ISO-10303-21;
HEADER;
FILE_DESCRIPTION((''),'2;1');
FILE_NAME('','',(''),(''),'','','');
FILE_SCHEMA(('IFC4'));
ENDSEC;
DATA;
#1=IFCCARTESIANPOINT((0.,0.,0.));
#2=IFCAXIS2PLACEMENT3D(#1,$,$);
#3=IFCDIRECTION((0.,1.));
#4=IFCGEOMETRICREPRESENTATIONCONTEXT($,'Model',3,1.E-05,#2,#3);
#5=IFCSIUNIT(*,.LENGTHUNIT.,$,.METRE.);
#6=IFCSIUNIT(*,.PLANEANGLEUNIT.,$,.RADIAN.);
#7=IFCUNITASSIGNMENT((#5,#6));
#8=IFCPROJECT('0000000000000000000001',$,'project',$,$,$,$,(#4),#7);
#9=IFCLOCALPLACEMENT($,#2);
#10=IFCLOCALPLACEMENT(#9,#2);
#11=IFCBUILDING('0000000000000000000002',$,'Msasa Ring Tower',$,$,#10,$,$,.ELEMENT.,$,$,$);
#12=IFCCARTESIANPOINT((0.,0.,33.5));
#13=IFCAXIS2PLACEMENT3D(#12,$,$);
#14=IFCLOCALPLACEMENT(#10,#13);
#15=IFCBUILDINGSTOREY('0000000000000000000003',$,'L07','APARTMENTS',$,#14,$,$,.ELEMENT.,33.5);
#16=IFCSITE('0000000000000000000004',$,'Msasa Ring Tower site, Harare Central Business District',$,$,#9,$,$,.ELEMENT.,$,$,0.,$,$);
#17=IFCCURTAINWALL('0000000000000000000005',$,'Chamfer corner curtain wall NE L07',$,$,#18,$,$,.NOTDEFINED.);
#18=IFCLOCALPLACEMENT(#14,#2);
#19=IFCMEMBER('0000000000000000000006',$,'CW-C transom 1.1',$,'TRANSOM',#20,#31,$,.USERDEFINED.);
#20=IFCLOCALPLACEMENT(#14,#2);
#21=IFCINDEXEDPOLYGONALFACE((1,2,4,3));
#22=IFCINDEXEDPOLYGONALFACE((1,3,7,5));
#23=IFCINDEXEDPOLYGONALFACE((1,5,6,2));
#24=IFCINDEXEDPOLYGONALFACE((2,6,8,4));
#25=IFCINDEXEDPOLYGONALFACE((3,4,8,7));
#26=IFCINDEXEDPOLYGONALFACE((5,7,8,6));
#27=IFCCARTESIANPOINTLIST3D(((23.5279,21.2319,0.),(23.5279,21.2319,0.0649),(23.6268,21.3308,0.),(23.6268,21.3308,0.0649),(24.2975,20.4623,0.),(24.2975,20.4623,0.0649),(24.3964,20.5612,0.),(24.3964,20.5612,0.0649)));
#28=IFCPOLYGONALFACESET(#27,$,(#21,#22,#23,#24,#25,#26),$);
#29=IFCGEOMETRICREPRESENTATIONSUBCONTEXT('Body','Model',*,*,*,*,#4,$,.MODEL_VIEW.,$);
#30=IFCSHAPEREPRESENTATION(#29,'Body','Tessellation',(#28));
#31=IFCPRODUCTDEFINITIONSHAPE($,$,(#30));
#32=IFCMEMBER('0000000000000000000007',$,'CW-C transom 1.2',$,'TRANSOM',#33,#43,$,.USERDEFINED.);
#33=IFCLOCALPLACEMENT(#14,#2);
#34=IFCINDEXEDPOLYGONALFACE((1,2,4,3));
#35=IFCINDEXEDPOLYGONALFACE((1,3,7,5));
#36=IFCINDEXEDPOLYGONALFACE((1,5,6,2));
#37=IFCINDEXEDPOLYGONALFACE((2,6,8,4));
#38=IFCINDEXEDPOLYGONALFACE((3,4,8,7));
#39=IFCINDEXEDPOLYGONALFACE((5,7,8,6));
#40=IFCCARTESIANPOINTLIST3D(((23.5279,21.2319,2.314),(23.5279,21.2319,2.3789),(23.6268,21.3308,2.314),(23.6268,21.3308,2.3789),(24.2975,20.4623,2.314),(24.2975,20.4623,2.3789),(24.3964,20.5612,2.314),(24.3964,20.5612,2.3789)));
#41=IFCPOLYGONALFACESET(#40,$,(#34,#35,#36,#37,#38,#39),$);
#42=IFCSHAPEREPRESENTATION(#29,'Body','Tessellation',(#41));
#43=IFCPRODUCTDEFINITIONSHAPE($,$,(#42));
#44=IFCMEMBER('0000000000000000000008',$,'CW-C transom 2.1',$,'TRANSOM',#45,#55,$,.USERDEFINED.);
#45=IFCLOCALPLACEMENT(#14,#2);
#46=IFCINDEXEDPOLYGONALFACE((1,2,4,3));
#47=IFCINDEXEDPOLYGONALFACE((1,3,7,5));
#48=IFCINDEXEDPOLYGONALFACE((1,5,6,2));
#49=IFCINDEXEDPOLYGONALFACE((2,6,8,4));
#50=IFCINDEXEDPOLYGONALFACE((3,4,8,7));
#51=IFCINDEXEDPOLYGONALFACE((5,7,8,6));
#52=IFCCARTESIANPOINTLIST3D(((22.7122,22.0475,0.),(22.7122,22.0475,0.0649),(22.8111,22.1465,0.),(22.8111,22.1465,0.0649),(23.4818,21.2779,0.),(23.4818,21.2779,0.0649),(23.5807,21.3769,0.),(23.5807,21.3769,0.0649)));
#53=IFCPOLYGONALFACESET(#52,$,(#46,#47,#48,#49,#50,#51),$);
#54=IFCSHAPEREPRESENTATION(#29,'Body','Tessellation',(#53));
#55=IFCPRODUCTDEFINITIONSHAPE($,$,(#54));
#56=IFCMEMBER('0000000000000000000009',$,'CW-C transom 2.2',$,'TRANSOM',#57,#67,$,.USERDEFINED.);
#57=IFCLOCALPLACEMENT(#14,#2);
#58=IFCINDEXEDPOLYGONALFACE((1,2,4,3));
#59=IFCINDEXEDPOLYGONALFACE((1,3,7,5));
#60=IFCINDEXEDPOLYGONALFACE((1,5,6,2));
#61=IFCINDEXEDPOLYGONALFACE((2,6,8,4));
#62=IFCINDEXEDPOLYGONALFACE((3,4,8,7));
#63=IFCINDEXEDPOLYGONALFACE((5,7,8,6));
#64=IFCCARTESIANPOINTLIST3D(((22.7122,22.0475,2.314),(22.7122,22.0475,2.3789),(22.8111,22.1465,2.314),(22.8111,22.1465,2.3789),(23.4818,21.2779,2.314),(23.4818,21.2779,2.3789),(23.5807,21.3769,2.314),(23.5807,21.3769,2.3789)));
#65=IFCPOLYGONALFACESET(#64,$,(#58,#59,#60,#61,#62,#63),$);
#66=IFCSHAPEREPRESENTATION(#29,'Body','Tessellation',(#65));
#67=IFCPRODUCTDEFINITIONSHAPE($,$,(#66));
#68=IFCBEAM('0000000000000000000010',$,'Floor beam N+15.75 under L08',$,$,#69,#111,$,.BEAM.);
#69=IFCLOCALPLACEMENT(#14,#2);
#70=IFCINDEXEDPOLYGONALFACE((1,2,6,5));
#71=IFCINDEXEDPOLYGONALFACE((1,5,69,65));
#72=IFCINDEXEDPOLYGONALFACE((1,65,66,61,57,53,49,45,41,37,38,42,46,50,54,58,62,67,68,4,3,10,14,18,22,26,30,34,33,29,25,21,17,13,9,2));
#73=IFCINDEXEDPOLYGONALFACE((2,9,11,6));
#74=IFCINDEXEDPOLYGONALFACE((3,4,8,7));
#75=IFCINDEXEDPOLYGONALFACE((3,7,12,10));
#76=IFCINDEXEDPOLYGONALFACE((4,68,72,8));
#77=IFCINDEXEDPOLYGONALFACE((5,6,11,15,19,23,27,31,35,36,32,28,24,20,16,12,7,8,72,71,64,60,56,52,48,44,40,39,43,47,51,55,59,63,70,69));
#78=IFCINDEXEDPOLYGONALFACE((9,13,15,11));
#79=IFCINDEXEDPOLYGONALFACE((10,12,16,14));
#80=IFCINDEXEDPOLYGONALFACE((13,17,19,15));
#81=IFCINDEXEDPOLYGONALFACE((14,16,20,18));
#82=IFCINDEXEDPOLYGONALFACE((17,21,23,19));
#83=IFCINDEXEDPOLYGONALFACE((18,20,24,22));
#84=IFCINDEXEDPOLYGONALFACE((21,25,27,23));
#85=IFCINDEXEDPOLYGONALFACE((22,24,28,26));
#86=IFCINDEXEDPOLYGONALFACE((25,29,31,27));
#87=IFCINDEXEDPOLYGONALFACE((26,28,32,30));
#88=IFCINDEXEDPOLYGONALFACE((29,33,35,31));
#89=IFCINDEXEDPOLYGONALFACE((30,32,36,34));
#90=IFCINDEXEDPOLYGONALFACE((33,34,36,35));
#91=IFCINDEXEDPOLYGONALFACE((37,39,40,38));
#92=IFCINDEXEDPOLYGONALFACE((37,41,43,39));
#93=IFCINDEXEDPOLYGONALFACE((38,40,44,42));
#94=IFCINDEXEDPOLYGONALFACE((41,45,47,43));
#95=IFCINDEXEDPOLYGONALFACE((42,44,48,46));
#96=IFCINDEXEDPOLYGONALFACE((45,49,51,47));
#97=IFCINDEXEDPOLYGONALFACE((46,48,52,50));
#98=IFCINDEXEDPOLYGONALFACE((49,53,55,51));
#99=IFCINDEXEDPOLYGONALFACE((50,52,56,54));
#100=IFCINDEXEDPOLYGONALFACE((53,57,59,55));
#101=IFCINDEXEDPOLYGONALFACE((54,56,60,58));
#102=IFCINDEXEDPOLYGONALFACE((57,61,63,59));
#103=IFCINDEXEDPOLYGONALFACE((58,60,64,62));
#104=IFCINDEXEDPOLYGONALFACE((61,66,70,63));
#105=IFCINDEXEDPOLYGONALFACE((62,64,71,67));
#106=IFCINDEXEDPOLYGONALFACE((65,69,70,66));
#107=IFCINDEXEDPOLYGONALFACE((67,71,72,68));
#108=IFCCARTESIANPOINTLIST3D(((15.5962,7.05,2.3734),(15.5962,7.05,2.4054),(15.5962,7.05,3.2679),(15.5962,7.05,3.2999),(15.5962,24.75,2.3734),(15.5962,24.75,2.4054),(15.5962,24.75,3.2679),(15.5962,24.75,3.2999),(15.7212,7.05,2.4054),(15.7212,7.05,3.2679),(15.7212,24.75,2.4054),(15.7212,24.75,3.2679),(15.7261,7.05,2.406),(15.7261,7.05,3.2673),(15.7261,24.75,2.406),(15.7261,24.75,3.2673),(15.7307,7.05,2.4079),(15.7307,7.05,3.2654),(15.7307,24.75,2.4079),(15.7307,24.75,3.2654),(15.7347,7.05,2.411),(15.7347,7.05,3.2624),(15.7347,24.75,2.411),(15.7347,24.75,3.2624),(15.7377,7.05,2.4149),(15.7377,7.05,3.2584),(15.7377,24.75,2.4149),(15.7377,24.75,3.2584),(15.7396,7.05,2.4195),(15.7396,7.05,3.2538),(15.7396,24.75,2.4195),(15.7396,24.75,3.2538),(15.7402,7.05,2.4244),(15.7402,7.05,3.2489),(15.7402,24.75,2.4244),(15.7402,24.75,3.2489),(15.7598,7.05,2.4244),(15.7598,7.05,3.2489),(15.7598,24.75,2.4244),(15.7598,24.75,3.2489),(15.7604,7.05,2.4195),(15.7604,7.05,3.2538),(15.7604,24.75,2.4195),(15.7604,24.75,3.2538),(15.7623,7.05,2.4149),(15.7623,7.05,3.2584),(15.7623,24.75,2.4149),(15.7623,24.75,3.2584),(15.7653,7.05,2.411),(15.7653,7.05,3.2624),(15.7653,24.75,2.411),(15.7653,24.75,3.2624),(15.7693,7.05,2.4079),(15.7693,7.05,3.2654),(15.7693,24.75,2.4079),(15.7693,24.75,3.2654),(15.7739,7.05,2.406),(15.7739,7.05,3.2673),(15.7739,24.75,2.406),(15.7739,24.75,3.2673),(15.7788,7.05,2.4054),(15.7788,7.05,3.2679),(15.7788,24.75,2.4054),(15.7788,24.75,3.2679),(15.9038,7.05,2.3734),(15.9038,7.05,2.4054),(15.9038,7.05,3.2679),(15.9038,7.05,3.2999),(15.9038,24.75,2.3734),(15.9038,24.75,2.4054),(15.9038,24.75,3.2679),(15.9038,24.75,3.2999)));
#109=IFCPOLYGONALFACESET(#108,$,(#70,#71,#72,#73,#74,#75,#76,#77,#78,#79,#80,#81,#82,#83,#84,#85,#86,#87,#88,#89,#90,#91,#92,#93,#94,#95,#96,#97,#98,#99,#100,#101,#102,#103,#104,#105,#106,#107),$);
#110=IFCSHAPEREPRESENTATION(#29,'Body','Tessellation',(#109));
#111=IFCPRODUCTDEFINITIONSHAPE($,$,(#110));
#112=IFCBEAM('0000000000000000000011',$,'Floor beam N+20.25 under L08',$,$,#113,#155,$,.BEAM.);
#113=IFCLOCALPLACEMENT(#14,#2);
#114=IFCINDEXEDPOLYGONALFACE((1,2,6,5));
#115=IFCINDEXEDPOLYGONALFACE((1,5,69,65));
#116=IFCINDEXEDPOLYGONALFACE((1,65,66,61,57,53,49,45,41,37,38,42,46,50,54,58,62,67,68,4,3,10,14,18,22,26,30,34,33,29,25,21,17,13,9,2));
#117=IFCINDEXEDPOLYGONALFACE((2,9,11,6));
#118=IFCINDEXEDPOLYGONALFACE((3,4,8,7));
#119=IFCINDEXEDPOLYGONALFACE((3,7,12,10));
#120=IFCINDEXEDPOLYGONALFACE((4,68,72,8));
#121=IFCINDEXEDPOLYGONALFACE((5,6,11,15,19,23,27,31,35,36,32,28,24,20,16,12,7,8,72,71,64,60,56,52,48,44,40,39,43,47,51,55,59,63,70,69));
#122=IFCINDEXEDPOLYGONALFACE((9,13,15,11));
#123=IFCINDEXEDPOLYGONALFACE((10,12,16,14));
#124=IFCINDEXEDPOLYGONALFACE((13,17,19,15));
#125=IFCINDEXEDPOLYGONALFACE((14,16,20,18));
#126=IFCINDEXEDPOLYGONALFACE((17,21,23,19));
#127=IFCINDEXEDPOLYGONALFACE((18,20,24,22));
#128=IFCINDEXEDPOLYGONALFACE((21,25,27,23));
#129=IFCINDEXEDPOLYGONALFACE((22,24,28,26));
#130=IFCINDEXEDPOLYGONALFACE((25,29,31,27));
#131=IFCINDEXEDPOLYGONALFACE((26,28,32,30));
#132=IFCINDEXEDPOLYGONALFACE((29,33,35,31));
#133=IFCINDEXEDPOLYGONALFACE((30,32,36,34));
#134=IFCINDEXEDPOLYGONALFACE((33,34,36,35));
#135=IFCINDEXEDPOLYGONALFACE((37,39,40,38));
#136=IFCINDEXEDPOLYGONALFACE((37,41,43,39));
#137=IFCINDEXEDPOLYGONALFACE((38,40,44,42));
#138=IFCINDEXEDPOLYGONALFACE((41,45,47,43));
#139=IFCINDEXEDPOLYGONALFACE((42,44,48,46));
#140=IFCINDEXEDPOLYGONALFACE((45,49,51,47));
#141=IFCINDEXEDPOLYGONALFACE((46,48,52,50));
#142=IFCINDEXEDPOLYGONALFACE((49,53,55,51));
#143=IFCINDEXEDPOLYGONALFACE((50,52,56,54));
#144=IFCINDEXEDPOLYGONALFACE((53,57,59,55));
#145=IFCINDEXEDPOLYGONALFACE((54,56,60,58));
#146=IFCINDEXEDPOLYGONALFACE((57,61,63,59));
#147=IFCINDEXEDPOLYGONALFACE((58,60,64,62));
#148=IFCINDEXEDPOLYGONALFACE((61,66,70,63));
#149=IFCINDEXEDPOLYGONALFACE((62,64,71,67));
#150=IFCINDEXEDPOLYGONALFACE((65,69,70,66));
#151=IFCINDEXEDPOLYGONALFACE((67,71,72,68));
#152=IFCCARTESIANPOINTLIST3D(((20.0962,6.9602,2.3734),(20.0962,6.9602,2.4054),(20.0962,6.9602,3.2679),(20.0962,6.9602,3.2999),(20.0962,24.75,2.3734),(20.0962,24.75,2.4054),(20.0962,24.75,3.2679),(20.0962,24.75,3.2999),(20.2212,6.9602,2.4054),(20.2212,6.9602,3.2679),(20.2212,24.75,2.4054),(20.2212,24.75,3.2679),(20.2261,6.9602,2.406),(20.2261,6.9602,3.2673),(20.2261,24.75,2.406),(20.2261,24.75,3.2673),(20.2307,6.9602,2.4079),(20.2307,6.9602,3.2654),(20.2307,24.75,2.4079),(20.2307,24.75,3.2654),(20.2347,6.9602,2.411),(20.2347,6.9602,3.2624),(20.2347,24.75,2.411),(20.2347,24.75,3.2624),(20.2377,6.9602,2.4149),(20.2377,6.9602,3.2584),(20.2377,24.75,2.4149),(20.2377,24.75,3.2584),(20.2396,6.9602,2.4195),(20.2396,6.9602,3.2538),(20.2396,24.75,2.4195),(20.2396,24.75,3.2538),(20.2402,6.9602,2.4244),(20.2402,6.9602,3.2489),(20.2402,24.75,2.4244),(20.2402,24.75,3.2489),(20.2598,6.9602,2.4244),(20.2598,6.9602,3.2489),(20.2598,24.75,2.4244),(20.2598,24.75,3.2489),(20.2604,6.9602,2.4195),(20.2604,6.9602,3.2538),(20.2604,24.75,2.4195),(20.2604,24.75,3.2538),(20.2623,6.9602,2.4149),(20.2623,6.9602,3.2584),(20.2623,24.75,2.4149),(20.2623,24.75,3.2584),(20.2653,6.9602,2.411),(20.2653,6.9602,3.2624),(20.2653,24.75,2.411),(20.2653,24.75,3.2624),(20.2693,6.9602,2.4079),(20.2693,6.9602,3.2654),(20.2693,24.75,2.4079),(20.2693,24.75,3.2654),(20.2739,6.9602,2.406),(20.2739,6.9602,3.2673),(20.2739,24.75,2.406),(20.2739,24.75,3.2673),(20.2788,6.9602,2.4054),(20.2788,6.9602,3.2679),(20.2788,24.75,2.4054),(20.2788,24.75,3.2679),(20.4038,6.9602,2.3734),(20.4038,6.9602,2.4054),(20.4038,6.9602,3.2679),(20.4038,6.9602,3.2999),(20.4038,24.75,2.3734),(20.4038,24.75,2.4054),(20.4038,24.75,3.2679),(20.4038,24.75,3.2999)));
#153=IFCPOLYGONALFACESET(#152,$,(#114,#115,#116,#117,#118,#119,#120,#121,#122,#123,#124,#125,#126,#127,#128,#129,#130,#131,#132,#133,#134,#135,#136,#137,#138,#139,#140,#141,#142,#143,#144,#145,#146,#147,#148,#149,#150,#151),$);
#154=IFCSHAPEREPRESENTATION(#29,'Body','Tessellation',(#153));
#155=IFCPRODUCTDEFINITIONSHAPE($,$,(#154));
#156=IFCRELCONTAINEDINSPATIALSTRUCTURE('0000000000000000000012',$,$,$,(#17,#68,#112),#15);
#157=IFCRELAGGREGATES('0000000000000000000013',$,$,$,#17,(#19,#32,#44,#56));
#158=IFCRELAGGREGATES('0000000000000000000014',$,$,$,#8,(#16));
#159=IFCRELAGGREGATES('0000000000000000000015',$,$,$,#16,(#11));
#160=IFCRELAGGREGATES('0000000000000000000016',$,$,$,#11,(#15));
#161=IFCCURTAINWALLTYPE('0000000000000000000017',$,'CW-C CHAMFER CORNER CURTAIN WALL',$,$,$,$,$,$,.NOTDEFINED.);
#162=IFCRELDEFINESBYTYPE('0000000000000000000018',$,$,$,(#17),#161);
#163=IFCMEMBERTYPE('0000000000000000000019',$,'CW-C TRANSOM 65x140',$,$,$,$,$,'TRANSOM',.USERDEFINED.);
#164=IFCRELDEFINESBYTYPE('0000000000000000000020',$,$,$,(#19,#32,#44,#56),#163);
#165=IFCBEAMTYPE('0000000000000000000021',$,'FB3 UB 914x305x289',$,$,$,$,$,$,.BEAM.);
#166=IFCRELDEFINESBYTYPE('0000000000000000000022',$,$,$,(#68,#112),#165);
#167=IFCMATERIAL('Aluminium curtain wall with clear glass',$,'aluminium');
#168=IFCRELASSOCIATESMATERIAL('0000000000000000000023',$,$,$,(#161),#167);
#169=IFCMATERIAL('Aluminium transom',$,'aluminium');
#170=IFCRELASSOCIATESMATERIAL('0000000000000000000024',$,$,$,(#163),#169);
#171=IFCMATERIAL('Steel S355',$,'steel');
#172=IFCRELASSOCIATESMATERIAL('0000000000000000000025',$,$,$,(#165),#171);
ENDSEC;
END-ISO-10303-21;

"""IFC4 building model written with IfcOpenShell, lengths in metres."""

from ifc_helpers import new_model, si_unit, direction, frame, origin, origin_2d, place, context, subcontext, project, spatial, rectangle, i_section, extrude, material, material_profile, profile_set, type_object, element, aggregate, save


model = new_model("IFC4")

# Units and contexts
model_context = context("Model", 3, precision=1e-05, world=origin(), true_north=direction((0.0, 1.0)))
body_context = subcontext(model_context, "Body", "Model", "MODEL_VIEW")
ifc_project = project(units=[si_unit("LENGTHUNIT", "METRE"), si_unit("PLANEANGLEUNIT", "RADIAN")], contexts=[model_context])

# Site, building, storey
site_placement = place(None, origin())
site = spatial("IfcSite", under=ifc_project, at=site_placement, Name="Msasa Ring Tower site, Harare Central Business District", CompositionType="ELEMENT", RefElevation=0.0)
building_placement = place(site_placement, origin())
building = spatial("IfcBuilding", under=site, at=building_placement, Name="Msasa Ring Tower", CompositionType="ELEMENT")
storey_placement = place(building_placement, frame((0.0, 0.0, 33.5)))
storey = spatial("IfcBuildingStorey", under=building, at=storey_placement, Name="L07", Description="APARTMENTS", CompositionType="ELEMENT", Elevation=33.5)

# Curtain wall
ifc_material_1 = material(Name="Aluminium curtain wall with clear glass", Category="aluminium")
curtain_wall_type = type_object("IfcCurtainWallType", Name="CW-C CHAMFER CORNER CURTAIN WALL", PredefinedType="NOTDEFINED", material=ifc_material_1)
curtain_wall_1_placement = place(storey_placement, origin())
curtain_wall_1 = element("IfcCurtainWall", 1, at=curtain_wall_1_placement, inside=storey, type_object=curtain_wall_type, Name="Chamfer corner curtain wall NE L07", PredefinedType="NOTDEFINED")

# Members
ifc_material_2 = material(Name="Aluminium transom", Category="aluminium")
ifc_material_profile_1 = material_profile(ifc_material_2, rectangle(XDim=0.1399, YDim=0.0649, at=origin_2d()), Name="AL 65x140")
ifc_profile_set_1 = profile_set([ifc_material_profile_1], Name="Aluminium transom")
member_type_1 = type_object("IfcMemberType", Name="CW-C TRANSOM 65x140", ElementType="TRANSOM", PredefinedType="USERDEFINED", material=ifc_profile_set_1)
member_1_placement = place(storey_placement, frame((24.3469, 20.5117, 0.0325), z_axis=(-0.707107, 0.707107, 0.0), x_axis=(-0.707107, -0.707107, 0.0)))
member_1 = element("IfcMember", 2, at=member_1_placement, type_object=member_type_1, Name="CW-C transom 1.1", ObjectType="TRANSOM", PredefinedType="USERDEFINED", context=body_context, shape_type="SweptSolid", body=[
    extrude(rectangle(XDim=0.1399, YDim=0.0649, at=origin_2d()), origin(), (0.0, 0.0, 1.0), 1.0884),
])
member_2_placement = place(storey_placement, frame((24.3469, 20.5117, 2.3464), z_axis=(-0.707107, 0.707107, 0.0), x_axis=(-0.707107, -0.707107, 0.0)))
member_2 = element("IfcMember", 3, at=member_2_placement, type_object=member_type_1, Name="CW-C transom 1.2", ObjectType="TRANSOM", PredefinedType="USERDEFINED", context=body_context, shape_type="SweptSolid", body=[
    extrude(rectangle(XDim=0.1399, YDim=0.0649, at=origin_2d()), origin(), (0.0, 0.0, 1.0), 1.0884),
])
member_3_placement = place(storey_placement, frame((23.5312, 21.3274, 0.0325), z_axis=(-0.707107, 0.707107, 0.0), x_axis=(-0.707107, -0.707107, 0.0)))
member_3 = element("IfcMember", 4, at=member_3_placement, type_object=member_type_1, Name="CW-C transom 2.1", ObjectType="TRANSOM", PredefinedType="USERDEFINED", context=body_context, shape_type="SweptSolid", body=[
    extrude(rectangle(XDim=0.1399, YDim=0.0649, at=origin_2d()), origin(), (0.0, 0.0, 1.0), 1.0884),
])
member_4_placement = place(storey_placement, frame((23.5312, 21.3274, 2.3464), z_axis=(-0.707107, 0.707107, 0.0), x_axis=(-0.707107, -0.707107, 0.0)))
member_4 = element("IfcMember", 5, at=member_4_placement, type_object=member_type_1, Name="CW-C transom 2.2", ObjectType="TRANSOM", PredefinedType="USERDEFINED", context=body_context, shape_type="SweptSolid", body=[
    extrude(rectangle(XDim=0.1399, YDim=0.0649, at=origin_2d()), origin(), (0.0, 0.0, 1.0), 1.0884),
])

# Beams
ifc_material_3 = material(Name="Steel S355", Category="steel")
ifc_material_profile_2 = material_profile(ifc_material_3, i_section(OverallWidth=0.3076, OverallDepth=0.9265, WebThickness=0.0195, FlangeThickness=0.032, FilletRadius=0.019, at=origin_2d()), Name="UB 914x305x289")
ifc_profile_set_2 = profile_set([ifc_material_profile_2], Name="Steel S355")
beam_type_1 = type_object("IfcBeamType", Name="FB3 UB 914x305x289", PredefinedType="BEAM", material=ifc_profile_set_2)
beam_1_placement = place(storey_placement, frame((15.75, 24.75, 2.8367), z_axis=(0.0, -1.0, 0.0), x_axis=(1.0, 0.0, 0.0)))
element("IfcBeam", 6, at=beam_1_placement, inside=storey, type_object=beam_type_1, Name="Floor beam N+15.75 under L08", PredefinedType="BEAM", context=body_context, shape_type="SweptSolid", body=[
    extrude(i_section(OverallWidth=0.3076, OverallDepth=0.9265, WebThickness=0.0195, FlangeThickness=0.032, FilletRadius=0.019, at=origin_2d()), origin(), (0.0, 0.0, 1.0), 17.7),
])
beam_2_placement = place(storey_placement, frame((20.25, 24.75, 2.8367), z_axis=(0.0, -1.0, 0.0), x_axis=(1.0, 0.0, 0.0)))
element("IfcBeam", 7, at=beam_2_placement, inside=storey, type_object=beam_type_1, Name="Floor beam N+20.25 under L08", PredefinedType="BEAM", context=body_context, shape_type="SweptSolid", body=[
    extrude(i_section(OverallWidth=0.3076, OverallDepth=0.9265, WebThickness=0.0195, FlangeThickness=0.032, FilletRadius=0.019, at=origin_2d()), origin(), (0.0, 0.0, 1.0), 17.7898),
])

aggregate(curtain_wall_1, [member_1, member_2, member_3, member_4])

save(model, "model.ifc")
